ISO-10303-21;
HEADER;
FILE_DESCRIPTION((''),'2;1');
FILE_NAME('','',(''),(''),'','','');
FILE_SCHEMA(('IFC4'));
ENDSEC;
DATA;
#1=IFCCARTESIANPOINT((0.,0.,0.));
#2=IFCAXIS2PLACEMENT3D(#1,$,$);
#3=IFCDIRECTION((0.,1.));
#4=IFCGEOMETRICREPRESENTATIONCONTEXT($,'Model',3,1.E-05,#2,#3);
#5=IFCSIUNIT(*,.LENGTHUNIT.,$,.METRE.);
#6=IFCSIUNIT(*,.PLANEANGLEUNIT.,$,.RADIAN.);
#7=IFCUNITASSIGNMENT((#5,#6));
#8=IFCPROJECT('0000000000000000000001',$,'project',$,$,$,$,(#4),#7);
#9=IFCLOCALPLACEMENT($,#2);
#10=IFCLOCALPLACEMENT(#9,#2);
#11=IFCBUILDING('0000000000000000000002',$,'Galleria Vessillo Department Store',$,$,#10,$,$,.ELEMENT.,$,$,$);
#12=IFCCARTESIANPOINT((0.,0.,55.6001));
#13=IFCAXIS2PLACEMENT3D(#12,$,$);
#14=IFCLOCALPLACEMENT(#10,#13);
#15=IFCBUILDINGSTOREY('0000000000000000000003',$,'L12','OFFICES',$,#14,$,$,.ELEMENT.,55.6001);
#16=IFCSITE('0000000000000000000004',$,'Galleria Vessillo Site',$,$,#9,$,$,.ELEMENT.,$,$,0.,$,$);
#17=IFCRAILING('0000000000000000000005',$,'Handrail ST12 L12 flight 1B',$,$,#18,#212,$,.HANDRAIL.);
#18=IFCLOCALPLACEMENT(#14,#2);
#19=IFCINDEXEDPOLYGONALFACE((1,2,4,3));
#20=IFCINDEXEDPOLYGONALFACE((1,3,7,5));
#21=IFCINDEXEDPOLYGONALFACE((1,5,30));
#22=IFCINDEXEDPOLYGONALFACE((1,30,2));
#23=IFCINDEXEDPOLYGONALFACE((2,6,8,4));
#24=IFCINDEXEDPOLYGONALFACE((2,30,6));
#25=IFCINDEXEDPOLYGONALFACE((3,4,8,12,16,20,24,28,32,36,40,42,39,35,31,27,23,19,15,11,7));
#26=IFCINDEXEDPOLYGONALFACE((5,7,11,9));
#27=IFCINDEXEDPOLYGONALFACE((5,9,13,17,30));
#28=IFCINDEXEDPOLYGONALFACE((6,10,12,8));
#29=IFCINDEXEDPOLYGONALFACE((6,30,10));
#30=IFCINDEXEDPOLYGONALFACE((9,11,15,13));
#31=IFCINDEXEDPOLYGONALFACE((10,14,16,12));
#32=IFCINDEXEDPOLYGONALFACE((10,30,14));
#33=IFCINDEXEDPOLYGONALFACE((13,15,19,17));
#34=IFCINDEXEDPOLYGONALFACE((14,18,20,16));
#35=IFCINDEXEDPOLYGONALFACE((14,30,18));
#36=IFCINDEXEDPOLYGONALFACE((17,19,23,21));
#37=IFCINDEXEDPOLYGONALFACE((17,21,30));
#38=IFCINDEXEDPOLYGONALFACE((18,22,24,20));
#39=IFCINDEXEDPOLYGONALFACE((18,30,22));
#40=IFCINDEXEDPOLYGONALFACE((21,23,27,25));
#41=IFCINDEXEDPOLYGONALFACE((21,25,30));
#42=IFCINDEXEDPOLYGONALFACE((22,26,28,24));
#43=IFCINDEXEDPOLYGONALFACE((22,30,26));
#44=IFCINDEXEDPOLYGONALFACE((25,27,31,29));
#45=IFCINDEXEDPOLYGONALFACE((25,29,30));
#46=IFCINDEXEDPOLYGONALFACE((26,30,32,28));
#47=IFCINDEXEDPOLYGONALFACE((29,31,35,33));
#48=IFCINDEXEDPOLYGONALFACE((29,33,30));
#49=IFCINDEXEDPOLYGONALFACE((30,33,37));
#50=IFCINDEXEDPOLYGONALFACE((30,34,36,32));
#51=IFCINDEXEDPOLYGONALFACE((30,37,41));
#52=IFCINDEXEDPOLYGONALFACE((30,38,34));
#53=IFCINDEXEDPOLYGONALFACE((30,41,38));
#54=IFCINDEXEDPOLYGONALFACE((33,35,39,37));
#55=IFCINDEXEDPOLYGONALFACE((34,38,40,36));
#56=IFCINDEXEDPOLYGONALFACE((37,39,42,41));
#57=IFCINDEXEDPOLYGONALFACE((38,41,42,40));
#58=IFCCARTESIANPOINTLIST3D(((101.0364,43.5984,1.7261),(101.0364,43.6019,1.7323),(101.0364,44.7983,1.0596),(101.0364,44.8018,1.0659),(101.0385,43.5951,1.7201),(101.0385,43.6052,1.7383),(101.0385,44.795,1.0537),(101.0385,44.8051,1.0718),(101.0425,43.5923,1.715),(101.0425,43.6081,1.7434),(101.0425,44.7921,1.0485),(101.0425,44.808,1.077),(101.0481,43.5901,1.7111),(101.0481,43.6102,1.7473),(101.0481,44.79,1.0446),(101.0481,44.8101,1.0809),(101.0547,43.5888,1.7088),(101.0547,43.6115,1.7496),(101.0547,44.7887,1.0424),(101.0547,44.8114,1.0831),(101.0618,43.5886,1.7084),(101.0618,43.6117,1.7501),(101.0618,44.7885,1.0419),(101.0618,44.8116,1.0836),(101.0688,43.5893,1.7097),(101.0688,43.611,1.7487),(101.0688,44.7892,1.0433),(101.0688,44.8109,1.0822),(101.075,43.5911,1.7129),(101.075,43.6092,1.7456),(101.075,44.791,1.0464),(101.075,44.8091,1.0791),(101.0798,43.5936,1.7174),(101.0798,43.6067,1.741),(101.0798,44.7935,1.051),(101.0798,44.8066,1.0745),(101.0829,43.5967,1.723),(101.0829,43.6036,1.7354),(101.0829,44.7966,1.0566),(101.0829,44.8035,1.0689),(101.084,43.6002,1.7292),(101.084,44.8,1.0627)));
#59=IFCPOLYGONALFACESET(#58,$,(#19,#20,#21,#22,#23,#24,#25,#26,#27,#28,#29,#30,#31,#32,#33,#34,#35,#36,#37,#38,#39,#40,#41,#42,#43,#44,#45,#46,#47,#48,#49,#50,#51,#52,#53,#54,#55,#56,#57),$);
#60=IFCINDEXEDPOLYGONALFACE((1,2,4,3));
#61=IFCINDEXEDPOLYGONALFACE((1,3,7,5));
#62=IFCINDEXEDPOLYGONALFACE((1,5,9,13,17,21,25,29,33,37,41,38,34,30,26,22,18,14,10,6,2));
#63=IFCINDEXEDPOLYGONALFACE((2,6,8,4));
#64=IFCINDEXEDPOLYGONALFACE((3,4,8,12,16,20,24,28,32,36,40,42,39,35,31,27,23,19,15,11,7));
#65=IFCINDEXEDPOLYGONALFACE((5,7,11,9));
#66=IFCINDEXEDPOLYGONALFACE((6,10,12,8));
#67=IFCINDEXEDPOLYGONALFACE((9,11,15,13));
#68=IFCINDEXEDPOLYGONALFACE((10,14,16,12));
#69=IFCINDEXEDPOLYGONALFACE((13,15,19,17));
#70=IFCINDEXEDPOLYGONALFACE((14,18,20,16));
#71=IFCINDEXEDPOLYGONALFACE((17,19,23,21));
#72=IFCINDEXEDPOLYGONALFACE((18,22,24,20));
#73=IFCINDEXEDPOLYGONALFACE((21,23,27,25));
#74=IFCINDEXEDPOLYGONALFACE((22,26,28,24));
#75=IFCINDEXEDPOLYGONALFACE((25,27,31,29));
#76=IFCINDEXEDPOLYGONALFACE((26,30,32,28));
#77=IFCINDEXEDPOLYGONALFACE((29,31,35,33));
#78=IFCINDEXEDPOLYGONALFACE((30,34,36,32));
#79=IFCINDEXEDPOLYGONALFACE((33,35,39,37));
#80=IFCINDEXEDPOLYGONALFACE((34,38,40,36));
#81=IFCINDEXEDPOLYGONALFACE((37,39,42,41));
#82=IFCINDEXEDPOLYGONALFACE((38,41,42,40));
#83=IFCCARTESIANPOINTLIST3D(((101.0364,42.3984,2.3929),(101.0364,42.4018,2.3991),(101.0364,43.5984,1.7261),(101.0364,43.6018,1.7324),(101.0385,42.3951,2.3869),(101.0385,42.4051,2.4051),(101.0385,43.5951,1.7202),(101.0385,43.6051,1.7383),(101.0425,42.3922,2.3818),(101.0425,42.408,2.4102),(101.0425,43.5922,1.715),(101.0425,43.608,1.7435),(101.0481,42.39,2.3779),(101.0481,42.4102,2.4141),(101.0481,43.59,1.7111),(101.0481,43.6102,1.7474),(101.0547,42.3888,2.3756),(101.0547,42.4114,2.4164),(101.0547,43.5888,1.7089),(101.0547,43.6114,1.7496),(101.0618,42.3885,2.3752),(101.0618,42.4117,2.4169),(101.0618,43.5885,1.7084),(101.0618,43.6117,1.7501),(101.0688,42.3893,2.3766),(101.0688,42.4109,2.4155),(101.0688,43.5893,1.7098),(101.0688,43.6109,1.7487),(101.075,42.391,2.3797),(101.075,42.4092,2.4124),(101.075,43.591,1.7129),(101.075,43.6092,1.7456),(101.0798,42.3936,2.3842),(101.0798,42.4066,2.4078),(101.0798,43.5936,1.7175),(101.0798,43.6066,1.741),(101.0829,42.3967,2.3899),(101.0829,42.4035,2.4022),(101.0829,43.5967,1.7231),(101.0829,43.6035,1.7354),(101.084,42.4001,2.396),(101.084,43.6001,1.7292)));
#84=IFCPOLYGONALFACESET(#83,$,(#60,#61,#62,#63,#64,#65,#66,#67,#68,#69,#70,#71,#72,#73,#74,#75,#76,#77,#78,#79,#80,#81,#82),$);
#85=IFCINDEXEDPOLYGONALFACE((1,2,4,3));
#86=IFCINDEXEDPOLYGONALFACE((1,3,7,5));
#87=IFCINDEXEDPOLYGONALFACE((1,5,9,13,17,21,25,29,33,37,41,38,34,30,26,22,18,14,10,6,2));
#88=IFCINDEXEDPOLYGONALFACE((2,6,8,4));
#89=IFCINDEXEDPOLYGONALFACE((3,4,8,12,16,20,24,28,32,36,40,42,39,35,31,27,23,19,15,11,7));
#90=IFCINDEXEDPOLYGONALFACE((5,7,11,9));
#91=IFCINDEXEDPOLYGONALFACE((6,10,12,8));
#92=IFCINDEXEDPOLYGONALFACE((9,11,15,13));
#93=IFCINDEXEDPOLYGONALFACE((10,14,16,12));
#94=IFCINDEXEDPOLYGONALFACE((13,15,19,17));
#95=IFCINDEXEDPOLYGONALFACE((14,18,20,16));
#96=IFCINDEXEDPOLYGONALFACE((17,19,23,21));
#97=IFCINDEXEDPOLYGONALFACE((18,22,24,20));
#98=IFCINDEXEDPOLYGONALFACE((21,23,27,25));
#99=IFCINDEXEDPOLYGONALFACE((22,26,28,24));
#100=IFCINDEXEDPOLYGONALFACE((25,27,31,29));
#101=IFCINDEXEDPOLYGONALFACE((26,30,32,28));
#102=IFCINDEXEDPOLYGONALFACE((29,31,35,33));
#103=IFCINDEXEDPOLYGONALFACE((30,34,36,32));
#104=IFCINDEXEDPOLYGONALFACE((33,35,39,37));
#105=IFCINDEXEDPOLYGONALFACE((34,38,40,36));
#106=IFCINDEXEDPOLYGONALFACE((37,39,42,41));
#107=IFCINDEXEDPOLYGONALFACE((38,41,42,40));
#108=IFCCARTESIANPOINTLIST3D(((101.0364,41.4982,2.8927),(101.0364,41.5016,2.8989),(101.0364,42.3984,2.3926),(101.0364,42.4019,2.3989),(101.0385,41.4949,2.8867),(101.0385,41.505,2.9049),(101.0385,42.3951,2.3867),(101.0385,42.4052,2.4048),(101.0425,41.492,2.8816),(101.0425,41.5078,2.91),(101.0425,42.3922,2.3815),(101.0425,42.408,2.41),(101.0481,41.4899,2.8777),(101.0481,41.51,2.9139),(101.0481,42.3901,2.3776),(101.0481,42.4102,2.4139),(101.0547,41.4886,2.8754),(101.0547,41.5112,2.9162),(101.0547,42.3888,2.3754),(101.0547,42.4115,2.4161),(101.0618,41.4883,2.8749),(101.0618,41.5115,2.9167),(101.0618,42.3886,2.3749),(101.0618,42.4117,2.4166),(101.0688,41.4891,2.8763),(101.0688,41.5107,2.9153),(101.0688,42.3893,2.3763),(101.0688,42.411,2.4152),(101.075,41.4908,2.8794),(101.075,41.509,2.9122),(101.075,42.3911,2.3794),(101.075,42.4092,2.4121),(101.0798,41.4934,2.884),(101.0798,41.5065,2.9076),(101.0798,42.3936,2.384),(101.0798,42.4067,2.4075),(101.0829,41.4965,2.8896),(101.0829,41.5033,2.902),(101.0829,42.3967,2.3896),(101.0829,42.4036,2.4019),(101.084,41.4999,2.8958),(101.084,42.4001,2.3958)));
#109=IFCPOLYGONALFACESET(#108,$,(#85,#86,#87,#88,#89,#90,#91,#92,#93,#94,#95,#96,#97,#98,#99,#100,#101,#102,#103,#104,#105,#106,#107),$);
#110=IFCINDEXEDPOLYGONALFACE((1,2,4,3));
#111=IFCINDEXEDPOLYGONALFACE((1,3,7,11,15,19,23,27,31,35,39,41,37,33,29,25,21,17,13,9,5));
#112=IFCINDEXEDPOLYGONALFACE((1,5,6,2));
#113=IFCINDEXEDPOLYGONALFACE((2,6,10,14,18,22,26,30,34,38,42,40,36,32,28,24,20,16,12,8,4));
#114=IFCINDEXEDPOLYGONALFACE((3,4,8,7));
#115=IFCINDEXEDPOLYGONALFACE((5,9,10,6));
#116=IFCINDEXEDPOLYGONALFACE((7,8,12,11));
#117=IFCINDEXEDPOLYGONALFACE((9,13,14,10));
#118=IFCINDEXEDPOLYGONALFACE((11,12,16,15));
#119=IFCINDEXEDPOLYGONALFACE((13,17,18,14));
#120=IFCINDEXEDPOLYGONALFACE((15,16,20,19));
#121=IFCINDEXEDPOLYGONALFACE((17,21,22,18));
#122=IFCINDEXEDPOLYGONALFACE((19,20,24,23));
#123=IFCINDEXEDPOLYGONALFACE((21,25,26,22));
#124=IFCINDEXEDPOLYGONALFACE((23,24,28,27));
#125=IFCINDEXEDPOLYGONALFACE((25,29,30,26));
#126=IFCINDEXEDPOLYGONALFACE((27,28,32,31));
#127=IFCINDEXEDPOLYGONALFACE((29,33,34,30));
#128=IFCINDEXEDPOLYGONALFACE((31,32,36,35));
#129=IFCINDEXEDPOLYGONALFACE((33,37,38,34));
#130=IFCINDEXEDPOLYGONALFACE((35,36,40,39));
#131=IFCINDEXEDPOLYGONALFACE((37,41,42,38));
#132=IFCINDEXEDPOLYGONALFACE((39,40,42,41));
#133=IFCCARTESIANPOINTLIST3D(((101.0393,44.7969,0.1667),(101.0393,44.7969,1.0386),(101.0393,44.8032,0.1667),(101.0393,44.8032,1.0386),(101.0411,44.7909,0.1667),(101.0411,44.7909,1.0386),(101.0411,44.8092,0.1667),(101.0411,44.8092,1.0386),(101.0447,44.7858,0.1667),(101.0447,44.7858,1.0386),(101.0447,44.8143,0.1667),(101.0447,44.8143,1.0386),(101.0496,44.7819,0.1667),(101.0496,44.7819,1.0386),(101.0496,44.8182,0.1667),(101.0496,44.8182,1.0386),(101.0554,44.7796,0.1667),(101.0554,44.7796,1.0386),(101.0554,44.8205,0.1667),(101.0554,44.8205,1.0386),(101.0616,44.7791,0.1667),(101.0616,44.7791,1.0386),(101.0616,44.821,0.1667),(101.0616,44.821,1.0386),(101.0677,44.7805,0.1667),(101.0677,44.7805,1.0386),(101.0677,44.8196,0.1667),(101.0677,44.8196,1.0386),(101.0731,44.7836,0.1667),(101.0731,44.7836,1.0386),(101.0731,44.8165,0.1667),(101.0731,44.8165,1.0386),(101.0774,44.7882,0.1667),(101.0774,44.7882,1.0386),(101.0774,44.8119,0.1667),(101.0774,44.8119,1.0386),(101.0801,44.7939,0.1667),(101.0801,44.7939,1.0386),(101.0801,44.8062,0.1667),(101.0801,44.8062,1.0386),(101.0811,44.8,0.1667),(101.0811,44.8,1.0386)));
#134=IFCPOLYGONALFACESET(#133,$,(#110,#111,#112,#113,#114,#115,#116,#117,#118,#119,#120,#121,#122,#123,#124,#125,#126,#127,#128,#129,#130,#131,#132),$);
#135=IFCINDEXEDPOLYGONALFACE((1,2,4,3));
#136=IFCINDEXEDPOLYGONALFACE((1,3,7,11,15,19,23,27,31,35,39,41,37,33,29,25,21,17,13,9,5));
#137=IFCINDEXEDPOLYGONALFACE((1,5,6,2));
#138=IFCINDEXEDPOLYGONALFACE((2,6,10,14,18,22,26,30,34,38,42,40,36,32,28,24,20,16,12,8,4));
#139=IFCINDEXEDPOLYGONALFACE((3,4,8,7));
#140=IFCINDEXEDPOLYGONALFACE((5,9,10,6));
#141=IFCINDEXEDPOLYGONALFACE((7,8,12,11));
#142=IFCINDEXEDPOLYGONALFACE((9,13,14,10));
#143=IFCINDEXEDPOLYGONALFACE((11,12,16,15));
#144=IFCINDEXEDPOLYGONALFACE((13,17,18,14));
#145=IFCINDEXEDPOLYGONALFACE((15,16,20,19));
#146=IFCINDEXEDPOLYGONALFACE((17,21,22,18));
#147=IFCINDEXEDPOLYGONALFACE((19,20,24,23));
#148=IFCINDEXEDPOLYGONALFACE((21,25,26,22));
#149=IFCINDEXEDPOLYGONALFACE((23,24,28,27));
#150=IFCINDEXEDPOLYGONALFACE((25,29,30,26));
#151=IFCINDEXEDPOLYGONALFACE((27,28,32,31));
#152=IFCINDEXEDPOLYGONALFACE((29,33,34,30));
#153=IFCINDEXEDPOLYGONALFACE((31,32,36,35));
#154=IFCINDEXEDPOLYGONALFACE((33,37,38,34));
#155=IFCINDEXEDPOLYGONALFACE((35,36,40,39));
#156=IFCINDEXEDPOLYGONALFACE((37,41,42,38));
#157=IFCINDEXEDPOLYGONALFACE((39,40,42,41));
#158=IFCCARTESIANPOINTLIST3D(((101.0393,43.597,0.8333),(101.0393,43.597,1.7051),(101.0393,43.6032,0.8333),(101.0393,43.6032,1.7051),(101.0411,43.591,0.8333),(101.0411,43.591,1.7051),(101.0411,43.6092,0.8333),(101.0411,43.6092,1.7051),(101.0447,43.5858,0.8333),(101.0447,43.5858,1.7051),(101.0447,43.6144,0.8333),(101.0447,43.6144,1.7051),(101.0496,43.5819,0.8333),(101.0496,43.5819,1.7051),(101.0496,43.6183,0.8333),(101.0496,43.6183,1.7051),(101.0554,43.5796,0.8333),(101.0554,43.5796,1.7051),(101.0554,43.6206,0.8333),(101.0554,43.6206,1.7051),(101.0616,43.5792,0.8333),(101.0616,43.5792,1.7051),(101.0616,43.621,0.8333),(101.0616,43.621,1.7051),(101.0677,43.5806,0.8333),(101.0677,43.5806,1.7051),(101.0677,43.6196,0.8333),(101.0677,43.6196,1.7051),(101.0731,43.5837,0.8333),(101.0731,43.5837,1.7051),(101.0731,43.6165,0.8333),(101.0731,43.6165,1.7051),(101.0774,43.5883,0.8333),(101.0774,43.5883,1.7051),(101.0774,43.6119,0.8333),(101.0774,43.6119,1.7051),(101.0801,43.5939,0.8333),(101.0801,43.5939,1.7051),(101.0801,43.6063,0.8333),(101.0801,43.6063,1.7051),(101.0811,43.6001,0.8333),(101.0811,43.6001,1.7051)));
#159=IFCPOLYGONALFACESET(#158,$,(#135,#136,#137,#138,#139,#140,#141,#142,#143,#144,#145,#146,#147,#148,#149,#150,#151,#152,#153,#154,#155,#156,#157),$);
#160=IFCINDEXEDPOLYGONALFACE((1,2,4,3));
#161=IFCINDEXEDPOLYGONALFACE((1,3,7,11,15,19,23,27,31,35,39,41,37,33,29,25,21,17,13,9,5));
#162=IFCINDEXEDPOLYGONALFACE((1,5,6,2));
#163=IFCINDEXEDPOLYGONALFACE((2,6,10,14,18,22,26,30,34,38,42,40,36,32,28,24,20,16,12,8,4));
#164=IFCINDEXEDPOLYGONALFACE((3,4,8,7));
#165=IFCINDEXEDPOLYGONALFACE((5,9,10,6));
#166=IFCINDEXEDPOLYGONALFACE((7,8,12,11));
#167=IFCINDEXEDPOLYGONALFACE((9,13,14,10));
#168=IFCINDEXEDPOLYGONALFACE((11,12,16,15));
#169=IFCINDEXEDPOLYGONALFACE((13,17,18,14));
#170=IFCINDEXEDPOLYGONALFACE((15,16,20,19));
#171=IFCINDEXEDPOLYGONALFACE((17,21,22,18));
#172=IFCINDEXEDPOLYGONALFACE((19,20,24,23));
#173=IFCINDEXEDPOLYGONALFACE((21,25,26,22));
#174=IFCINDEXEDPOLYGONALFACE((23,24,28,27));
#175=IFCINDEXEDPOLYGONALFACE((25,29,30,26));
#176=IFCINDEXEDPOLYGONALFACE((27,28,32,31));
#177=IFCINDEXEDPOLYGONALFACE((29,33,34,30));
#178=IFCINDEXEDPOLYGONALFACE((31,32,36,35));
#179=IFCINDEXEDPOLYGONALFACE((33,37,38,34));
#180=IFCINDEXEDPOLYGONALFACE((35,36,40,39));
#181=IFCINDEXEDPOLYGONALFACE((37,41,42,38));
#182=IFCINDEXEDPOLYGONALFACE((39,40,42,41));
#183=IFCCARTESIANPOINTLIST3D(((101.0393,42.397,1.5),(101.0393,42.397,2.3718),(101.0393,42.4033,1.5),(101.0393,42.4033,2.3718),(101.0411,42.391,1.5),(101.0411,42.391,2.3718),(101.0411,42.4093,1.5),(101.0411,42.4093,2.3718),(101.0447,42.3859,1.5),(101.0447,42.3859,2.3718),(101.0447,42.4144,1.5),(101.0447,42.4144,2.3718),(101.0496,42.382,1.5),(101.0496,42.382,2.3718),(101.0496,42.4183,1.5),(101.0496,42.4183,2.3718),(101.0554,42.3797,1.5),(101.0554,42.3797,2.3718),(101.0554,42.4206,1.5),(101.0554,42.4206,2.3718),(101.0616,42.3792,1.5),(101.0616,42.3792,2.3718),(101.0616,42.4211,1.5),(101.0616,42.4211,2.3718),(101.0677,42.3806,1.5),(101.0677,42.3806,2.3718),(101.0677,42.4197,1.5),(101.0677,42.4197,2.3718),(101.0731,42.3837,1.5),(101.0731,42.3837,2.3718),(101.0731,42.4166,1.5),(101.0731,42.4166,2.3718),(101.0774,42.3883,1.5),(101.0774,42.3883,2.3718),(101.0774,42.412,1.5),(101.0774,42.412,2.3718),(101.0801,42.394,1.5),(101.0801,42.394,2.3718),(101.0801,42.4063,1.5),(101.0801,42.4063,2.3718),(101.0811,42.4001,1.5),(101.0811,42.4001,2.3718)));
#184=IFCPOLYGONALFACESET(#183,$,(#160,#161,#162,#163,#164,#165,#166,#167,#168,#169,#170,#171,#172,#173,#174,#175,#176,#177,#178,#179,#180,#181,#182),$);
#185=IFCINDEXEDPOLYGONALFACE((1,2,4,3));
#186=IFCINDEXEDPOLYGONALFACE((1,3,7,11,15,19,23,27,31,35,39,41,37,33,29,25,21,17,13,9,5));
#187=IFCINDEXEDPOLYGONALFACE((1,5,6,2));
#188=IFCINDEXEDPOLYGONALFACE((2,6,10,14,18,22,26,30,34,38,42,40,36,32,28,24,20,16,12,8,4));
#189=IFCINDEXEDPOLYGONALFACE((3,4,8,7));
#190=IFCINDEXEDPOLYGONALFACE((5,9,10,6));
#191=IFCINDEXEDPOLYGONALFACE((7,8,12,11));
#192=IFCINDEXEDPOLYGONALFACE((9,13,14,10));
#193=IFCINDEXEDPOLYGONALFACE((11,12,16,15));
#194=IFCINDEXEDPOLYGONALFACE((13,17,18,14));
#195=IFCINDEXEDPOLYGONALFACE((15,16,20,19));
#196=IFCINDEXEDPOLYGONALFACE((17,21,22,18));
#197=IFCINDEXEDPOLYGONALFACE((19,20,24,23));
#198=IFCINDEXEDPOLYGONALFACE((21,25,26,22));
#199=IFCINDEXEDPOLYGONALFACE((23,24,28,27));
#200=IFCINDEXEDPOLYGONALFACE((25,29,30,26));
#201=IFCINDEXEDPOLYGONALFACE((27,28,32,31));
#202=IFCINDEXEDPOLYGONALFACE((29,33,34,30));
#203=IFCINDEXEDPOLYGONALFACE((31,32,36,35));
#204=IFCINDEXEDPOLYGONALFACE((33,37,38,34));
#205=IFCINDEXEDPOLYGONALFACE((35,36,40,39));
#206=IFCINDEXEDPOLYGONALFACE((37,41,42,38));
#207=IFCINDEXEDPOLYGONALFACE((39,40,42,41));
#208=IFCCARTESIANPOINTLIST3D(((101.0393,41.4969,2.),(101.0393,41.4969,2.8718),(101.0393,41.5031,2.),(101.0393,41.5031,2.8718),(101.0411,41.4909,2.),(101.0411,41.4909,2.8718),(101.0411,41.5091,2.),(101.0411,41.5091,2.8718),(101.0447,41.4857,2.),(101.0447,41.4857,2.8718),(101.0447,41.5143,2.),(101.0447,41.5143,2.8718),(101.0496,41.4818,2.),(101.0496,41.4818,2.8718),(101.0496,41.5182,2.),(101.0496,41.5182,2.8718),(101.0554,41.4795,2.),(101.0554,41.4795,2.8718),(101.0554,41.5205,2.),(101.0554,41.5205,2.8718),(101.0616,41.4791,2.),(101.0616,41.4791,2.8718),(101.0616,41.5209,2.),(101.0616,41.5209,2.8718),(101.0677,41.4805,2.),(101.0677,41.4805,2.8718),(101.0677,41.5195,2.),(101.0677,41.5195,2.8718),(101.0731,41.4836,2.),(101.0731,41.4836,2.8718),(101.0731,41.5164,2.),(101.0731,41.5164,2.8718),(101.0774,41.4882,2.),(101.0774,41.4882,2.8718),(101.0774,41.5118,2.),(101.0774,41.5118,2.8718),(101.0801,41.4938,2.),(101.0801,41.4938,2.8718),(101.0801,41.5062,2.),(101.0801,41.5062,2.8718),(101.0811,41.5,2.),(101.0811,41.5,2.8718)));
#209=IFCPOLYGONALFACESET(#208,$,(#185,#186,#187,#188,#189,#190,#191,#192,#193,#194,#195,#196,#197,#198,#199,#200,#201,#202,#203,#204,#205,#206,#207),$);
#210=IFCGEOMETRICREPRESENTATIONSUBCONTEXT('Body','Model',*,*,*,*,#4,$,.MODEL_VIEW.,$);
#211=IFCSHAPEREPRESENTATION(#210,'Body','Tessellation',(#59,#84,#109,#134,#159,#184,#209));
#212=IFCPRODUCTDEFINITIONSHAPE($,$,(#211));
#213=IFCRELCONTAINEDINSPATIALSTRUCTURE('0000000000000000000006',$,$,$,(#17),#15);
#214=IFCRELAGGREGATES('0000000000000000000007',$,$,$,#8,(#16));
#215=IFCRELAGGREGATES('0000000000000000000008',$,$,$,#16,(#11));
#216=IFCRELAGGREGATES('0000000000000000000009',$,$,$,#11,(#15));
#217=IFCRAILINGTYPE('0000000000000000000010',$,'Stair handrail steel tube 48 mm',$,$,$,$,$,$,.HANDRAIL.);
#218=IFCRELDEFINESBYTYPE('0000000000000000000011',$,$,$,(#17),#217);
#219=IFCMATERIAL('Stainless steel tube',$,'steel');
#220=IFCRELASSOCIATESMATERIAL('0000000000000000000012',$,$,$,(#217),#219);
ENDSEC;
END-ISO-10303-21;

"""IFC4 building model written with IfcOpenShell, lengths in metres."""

from ifc_helpers import new_model, si_unit, direction, frame, origin, origin_2d, place, context, subcontext, project, spatial, circle, extrude, material, type_object, element, save


model = new_model("IFC4")

# Units and contexts
model_context = context("Model", 3, precision=1e-05, world=origin(), true_north=direction((0.0, 1.0)))
body_context = subcontext(model_context, "Body", "Model", "MODEL_VIEW")
ifc_project = project(units=[si_unit("LENGTHUNIT", "METRE"), si_unit("PLANEANGLEUNIT", "RADIAN")], contexts=[model_context])

# Site, building, storey
site_placement = place(None, origin())
site = spatial("IfcSite", under=ifc_project, at=site_placement, Name="Galleria Vessillo Site", CompositionType="ELEMENT", RefElevation=0.0)
building_placement = place(site_placement, origin())
building = spatial("IfcBuilding", under=site, at=building_placement, Name="Galleria Vessillo Department Store", CompositionType="ELEMENT")
storey_placement = place(building_placement, frame((0.0, 0.0, 55.6001)))
storey = spatial("IfcBuildingStorey", under=building, at=storey_placement, Name="L12", Description="OFFICES", CompositionType="ELEMENT", Elevation=55.6001)

# Railing
ifc_material_1 = material(Name="Stainless steel tube", Category="steel")
railing_type = type_object("IfcRailingType", Name="Stair handrail steel tube 48 mm", PredefinedType="HANDRAIL", material=ifc_material_1)
for number, where, name in (
    (1, (101.0601, 44.8, 0.1667), "Handrail ST12 L12 flight 1B"),
):
    element("IfcRailing", number, at=place(storey_placement, frame(where)), inside=storey, type_object=railing_type, Name=name, PredefinedType="HANDRAIL", context=body_context, shape_type="SweptSolid", body=[
        extrude(circle(Radius=0.0239, at=origin_2d()), frame((0.0, 0.0, 0.896), z_axis=(0.0, -0.874199, 0.485567), x_axis=(1.0, 0.0, 0.0)), (0.0, 0.0, 1.0), 1.3726),
        extrude(circle(Radius=0.0239, at=origin_2d()), frame((0.0, -1.2, 1.5625), z_axis=(0.0, -0.874124, 0.485703), x_axis=(1.0, 0.0, 0.0)), (0.0, 0.0, 1.0), 1.3728),
        extrude(circle(Radius=0.0239, at=origin_2d()), frame((0.0, -2.3999, 2.229), z_axis=(0.0, -0.874191, 0.485583), x_axis=(1.0, 0.0, 0.0)), (0.0, 0.0, 1.0), 1.0298),
        extrude(circle(Radius=0.021, at=origin_2d()), origin(), (0.0, 0.0, 1.0), 0.8718),
        extrude(circle(Radius=0.021, at=origin_2d()), frame((0.0, -1.2, 0.6665)), (0.0, 0.0, 1.0), 0.8718),
        extrude(circle(Radius=0.021, at=origin_2d()), frame((0.0, -2.3999, 1.3333)), (0.0, 0.0, 1.0), 0.8718),
        extrude(circle(Radius=0.021, at=origin_2d()), frame((0.0, -3.3, 1.8333)), (0.0, 0.0, 1.0), 0.8718),
    ])

save(model, "model.ifc")
